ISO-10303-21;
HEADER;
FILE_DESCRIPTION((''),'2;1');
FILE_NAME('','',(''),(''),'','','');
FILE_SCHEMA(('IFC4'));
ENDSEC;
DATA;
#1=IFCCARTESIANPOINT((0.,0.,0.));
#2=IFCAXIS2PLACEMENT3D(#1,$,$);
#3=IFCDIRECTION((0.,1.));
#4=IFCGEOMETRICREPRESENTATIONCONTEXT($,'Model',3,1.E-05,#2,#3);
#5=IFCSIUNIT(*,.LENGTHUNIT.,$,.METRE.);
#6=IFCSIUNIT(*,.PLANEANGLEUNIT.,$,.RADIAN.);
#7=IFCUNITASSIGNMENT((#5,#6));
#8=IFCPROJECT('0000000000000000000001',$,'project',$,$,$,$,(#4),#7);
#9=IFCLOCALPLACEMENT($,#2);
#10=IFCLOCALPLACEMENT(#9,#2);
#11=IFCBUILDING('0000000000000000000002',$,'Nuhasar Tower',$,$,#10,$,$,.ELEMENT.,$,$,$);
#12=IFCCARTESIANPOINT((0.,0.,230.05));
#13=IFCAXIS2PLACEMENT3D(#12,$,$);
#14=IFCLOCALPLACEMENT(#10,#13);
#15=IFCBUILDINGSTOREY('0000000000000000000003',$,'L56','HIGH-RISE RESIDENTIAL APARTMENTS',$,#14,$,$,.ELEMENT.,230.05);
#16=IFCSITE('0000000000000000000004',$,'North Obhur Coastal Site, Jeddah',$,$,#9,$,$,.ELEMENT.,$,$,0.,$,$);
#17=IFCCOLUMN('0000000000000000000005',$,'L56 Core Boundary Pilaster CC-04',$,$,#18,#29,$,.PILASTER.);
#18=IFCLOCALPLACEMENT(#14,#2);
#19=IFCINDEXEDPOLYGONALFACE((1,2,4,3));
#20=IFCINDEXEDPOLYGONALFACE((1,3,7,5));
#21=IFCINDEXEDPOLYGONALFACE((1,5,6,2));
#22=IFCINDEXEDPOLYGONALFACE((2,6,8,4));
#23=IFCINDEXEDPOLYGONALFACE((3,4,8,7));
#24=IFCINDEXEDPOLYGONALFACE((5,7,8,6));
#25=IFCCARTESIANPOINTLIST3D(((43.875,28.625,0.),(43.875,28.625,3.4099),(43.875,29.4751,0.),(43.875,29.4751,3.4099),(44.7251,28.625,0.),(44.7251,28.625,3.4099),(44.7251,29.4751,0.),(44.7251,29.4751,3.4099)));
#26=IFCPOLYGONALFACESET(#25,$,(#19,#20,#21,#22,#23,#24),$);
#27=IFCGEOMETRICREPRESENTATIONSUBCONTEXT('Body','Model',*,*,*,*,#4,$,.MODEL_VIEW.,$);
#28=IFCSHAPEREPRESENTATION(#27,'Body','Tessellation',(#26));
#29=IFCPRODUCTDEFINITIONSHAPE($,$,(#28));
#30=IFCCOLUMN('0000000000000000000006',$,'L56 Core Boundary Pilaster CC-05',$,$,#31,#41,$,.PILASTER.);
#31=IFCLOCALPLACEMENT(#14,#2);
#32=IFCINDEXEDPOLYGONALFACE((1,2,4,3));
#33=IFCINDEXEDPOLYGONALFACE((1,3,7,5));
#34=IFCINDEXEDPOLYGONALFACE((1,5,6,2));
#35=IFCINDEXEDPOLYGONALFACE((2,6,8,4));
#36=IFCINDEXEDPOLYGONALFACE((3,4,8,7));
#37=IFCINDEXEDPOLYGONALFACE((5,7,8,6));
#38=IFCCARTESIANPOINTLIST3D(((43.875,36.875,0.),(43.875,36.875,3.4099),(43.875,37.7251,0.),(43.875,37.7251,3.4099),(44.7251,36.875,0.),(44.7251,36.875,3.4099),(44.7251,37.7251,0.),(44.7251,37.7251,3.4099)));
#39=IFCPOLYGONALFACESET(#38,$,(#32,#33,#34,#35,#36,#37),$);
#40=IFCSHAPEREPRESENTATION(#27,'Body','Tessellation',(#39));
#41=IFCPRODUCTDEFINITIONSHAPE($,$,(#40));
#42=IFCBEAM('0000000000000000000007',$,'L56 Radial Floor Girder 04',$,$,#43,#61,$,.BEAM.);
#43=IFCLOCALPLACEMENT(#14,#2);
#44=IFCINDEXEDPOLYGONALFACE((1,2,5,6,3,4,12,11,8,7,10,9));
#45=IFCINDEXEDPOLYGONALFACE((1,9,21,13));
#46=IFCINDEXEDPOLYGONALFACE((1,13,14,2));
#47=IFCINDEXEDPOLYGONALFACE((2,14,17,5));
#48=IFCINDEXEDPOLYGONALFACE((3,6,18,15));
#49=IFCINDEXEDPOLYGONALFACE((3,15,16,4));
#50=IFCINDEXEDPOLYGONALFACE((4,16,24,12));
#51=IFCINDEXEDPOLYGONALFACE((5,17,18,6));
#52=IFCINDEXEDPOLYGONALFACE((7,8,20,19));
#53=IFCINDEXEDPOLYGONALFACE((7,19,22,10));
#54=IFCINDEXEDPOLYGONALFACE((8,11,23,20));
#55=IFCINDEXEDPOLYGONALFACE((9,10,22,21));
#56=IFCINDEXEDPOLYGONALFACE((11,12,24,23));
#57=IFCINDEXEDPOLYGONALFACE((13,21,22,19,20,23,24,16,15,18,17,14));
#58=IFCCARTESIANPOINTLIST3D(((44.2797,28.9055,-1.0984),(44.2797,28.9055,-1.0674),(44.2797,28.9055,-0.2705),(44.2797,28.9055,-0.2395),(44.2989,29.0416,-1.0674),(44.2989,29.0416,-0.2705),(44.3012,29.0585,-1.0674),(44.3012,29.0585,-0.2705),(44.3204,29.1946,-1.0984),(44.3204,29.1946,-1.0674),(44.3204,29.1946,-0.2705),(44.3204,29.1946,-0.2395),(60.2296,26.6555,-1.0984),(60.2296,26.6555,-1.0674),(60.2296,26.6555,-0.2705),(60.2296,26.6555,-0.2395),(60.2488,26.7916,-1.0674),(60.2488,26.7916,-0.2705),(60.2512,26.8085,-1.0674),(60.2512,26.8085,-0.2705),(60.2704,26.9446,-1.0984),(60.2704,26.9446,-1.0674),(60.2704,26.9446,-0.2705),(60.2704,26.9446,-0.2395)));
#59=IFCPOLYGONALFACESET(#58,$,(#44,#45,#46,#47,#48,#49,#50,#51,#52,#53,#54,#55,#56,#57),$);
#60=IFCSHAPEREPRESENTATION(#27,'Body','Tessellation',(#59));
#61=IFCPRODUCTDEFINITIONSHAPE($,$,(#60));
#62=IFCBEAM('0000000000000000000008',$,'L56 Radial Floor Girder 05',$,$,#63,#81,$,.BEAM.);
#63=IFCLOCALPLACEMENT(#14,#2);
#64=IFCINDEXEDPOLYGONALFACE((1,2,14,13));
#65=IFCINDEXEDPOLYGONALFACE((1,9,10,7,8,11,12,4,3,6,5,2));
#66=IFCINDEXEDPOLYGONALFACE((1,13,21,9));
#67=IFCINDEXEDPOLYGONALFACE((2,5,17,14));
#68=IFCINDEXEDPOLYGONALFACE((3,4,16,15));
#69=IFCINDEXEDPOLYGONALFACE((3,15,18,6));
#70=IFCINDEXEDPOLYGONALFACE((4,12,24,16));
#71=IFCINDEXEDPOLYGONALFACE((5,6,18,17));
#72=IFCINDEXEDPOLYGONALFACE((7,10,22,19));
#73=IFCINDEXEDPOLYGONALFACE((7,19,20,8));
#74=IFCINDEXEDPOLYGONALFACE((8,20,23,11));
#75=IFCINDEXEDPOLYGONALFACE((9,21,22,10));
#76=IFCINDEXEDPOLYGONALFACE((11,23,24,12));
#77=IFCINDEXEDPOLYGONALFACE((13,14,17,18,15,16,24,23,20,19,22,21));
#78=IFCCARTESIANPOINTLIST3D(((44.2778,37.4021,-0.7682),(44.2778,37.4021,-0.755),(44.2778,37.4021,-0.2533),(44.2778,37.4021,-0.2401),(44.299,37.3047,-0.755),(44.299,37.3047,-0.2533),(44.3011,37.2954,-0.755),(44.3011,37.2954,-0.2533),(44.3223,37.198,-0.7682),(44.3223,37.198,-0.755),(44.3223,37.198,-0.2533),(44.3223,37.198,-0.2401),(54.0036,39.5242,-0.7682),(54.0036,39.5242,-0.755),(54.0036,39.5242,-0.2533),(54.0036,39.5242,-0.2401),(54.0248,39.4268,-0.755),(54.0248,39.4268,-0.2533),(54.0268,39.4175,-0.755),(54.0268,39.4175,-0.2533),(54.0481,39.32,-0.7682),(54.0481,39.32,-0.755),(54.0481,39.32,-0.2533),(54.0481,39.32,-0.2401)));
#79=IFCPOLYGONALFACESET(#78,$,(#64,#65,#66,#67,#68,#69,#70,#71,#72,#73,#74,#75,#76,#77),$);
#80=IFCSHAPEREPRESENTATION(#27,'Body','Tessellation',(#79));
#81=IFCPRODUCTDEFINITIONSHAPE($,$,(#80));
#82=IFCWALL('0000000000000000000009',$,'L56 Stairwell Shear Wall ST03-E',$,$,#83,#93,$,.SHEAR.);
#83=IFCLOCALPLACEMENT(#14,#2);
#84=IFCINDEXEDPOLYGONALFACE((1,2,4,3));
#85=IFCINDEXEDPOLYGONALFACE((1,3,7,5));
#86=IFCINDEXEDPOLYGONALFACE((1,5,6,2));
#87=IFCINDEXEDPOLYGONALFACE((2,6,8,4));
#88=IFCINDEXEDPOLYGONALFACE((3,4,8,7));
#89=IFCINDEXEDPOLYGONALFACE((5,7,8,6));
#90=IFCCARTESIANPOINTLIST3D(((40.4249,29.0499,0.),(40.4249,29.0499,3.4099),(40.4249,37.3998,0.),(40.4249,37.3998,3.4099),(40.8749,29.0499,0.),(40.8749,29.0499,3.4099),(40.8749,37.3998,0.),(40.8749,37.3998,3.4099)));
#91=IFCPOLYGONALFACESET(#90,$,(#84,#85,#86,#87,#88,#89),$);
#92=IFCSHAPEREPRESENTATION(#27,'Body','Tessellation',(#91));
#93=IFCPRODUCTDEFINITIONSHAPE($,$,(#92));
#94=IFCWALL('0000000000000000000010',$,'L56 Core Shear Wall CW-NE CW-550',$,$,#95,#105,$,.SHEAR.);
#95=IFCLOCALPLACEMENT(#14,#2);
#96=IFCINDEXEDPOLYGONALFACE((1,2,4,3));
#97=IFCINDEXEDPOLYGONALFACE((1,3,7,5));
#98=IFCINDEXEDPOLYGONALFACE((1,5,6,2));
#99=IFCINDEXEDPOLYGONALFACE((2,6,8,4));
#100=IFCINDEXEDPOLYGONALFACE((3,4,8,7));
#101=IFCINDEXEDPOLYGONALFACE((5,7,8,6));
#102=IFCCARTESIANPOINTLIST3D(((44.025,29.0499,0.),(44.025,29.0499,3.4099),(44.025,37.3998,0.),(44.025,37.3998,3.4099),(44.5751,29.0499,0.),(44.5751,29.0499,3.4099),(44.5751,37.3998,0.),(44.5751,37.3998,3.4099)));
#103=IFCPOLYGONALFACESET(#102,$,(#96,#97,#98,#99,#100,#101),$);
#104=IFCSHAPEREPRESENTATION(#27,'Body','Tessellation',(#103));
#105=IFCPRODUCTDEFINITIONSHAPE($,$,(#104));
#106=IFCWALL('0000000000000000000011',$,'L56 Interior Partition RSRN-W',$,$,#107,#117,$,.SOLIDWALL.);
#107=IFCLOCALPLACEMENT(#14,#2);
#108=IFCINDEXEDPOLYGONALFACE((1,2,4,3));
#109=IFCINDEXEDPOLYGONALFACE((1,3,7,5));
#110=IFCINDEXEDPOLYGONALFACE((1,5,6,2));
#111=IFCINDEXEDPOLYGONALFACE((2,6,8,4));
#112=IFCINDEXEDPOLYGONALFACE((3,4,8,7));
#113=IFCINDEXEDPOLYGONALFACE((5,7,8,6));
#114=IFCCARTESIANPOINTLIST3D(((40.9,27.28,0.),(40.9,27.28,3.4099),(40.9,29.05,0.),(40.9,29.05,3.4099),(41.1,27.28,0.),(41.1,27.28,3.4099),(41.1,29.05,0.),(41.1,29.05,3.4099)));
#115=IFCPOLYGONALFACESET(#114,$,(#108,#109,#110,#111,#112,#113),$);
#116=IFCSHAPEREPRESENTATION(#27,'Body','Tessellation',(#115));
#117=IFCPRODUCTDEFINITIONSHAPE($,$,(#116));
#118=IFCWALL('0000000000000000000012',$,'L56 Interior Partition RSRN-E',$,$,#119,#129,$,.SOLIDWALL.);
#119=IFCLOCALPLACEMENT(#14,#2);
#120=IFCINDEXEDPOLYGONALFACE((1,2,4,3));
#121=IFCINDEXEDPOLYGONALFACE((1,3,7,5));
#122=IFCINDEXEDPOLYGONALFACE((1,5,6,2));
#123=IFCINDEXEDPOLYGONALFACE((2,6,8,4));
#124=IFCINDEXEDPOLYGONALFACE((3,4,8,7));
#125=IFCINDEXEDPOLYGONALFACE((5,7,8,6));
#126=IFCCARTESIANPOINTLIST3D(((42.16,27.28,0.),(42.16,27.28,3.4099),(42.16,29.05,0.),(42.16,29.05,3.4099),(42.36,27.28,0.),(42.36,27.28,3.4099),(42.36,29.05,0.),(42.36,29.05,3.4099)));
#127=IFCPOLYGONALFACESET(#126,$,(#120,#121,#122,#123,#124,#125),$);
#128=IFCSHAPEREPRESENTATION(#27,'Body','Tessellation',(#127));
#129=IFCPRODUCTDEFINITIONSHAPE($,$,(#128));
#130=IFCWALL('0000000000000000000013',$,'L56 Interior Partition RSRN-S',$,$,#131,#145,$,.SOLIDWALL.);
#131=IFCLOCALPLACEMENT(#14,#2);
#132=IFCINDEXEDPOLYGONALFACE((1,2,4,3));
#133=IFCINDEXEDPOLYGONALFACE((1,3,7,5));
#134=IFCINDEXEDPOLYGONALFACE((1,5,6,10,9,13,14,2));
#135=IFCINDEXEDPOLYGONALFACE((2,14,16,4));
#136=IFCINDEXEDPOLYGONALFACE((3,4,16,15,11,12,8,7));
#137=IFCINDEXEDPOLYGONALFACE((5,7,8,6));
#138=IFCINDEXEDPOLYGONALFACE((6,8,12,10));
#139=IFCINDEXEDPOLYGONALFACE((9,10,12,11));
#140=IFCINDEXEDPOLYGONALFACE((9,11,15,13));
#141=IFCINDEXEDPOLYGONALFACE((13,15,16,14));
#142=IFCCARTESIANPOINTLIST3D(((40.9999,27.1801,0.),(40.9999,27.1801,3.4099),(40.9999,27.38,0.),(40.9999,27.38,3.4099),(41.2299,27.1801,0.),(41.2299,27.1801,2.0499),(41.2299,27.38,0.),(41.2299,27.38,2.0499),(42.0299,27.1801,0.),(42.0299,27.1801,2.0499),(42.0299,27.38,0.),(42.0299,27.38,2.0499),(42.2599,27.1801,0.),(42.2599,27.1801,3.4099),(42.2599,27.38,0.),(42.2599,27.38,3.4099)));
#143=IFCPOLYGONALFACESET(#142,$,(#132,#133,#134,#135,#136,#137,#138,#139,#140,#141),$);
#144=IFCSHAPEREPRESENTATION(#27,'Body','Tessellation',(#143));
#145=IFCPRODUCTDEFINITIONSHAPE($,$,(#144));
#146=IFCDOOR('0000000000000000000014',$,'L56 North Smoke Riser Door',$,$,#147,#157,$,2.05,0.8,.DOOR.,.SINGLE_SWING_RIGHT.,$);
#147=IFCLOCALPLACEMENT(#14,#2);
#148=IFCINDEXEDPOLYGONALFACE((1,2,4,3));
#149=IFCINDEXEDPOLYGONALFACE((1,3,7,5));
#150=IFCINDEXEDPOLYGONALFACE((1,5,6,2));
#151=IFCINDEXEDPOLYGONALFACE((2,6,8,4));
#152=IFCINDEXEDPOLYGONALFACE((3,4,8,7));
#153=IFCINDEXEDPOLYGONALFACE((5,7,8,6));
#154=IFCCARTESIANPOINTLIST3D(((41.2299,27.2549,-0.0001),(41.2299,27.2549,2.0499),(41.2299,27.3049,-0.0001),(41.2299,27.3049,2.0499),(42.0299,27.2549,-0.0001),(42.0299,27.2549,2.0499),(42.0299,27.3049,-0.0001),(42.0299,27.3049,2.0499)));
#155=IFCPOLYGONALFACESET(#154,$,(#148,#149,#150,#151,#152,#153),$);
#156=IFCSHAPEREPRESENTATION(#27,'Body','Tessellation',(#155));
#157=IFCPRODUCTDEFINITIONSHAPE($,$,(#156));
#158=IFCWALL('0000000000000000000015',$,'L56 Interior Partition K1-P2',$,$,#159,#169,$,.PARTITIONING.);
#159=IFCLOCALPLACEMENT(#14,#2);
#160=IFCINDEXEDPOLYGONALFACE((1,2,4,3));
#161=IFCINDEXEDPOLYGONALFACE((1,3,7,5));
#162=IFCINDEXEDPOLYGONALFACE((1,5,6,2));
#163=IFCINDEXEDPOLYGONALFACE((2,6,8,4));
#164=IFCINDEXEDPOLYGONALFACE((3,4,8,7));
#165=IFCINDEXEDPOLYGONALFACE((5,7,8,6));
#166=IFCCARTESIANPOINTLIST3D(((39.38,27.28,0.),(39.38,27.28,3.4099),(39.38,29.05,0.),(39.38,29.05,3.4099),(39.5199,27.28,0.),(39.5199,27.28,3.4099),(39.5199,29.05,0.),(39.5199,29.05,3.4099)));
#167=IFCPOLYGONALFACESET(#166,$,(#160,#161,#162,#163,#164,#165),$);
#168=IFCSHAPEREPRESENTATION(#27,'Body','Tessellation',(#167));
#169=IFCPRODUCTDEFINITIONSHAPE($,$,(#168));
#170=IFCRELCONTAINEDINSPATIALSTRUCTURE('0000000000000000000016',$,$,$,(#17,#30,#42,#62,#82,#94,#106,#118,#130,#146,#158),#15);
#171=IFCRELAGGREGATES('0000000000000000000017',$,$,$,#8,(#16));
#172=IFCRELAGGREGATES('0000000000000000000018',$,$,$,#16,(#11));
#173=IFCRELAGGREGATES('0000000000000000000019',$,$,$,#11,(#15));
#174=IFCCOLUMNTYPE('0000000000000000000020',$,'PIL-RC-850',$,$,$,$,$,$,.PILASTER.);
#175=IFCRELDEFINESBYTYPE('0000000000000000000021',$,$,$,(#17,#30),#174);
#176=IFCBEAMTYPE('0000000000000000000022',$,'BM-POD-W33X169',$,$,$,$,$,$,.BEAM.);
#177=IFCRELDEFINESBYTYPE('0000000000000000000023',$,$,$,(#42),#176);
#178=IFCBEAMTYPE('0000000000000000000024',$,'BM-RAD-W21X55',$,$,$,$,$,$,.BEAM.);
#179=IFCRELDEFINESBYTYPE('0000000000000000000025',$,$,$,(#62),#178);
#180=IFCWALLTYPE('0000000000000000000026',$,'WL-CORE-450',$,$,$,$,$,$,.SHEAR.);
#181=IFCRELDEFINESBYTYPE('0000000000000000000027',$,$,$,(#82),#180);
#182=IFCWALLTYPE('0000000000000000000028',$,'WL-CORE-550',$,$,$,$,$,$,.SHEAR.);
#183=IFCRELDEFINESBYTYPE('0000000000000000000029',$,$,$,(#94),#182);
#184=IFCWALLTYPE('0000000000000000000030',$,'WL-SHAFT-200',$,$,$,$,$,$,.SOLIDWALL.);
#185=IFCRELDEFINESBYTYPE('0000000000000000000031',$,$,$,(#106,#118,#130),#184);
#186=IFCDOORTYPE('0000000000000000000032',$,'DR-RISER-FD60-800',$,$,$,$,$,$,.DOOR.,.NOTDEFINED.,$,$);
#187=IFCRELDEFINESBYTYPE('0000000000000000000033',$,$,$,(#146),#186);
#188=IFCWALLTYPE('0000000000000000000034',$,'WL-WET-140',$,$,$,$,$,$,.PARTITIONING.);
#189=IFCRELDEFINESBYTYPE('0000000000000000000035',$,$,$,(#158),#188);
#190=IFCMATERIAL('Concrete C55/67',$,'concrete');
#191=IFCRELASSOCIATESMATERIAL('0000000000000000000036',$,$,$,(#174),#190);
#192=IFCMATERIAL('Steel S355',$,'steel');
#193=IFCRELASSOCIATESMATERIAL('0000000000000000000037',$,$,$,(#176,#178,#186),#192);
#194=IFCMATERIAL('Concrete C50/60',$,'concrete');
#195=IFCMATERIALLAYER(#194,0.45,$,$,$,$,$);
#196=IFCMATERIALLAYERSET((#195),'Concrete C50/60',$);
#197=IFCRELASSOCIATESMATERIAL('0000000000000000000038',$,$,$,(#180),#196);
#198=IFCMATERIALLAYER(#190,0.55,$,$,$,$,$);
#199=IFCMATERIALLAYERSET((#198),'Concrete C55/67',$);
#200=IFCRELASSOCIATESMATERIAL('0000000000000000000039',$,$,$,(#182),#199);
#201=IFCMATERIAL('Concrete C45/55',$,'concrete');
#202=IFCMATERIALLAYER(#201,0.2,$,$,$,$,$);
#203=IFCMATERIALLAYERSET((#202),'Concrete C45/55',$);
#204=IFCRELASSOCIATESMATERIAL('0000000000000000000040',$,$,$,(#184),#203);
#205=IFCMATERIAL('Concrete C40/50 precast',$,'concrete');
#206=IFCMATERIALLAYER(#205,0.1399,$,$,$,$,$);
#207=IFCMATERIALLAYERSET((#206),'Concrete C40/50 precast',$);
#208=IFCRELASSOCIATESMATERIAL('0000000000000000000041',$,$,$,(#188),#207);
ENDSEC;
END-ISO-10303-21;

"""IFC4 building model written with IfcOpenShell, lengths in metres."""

from ifc_helpers import new_model, si_unit, direction, frame, frame_2d, origin, origin_2d, place, context, subcontext, project, spatial, rectangle, i_section, extrude, material, layer, layer_set, material_profile, profile_set, type_object, element, fill, save


model = new_model("IFC4")

# Units and contexts
model_context = context("Model", 3, precision=1e-05, world=origin(), true_north=direction((0.0, 1.0)))
body_context = subcontext(model_context, "Body", "Model", "MODEL_VIEW")
ifc_project = project(units=[si_unit("LENGTHUNIT", "METRE"), si_unit("PLANEANGLEUNIT", "RADIAN")], contexts=[model_context])

# Site, building, storey
site_placement = place(None, origin())
site = spatial("IfcSite", under=ifc_project, at=site_placement, Name="North Obhur Coastal Site, Jeddah", CompositionType="ELEMENT", RefElevation=0.0)
building_placement = place(site_placement, origin())
building = spatial("IfcBuilding", under=site, at=building_placement, Name="Nuhasar Tower", CompositionType="ELEMENT")
storey_placement = place(building_placement, frame((0.0, 0.0, 230.05)))
storey = spatial("IfcBuildingStorey", under=building, at=storey_placement, Name="L56", Description="HIGH-RISE RESIDENTIAL APARTMENTS", CompositionType="ELEMENT", Elevation=230.05)

# Columns
ifc_material_1 = material(Name="Concrete C55/67", Category="concrete")
ifc_material_profile_1 = material_profile(ifc_material_1, rectangle(XDim=0.8501, YDim=0.8501, at=origin_2d()), Name="RC850X850")
ifc_profile_set_1 = profile_set([ifc_material_profile_1], Name="Concrete C55/67")
column_type = type_object("IfcColumnType", Name="PIL-RC-850", PredefinedType="PILASTER", material=ifc_profile_set_1)
for number, where, z_axis, x_axis, name in (
    (1, (44.3, 29.05, 0.0), (0.0, 0.0, 1.0), (1.0, 0.0, 0.0), "L56 Core Boundary Pilaster CC-04"),
    (2, (44.3, 37.3, 0.0), (0.0, 0.0, 1.0), (1.0, 0.0, 0.0), "L56 Core Boundary Pilaster CC-05"),
):
    element("IfcColumn", number, at=place(storey_placement, frame(where, z_axis=z_axis, x_axis=x_axis)), inside=storey, type_object=column_type, Name=name, PredefinedType="PILASTER", context=body_context, shape_type="SweptSolid", body=[
        extrude(rectangle(XDim=0.8501, YDim=0.8501, at=origin_2d()), origin(), (0.0, 0.0, 1.0), 3.4099),
    ])

# Beams
ifc_material_2 = material(Name="Steel S355", Category="steel")
ifc_material_profile_2 = material_profile(ifc_material_2, i_section(OverallWidth=0.292, OverallDepth=0.8589, WebThickness=0.0171, FlangeThickness=0.031, at=origin_2d()), Name="W33X169")
ifc_profile_set_2 = profile_set([ifc_material_profile_2], Name="Steel S355")
beam_type_1 = type_object("IfcBeamType", Name="BM-POD-W33X169", PredefinedType="BEAM", material=ifc_profile_set_2)
beam_1_placement = place(storey_placement, frame((44.3, 29.05, -0.6689), z_axis=(0.990196, -0.139683, 0.0), x_axis=(0.139683, 0.990196, 0.0)))
element("IfcBeam", 3, at=beam_1_placement, inside=storey, type_object=beam_type_1, Name="L56 Radial Floor Girder 04", PredefinedType="BEAM", context=body_context, shape_type="SweptSolid", body=[
    extrude(i_section(OverallWidth=0.292, OverallDepth=0.8589, WebThickness=0.0171, FlangeThickness=0.031, at=origin_2d()), origin(), (0.0, 0.0, 1.0), 16.1079),
])
ifc_material_profile_3 = material_profile(ifc_material_2, i_section(OverallWidth=0.209, OverallDepth=0.5281, WebThickness=0.0095, FlangeThickness=0.0132, at=origin_2d()), Name="W21X55")
ifc_profile_set_3 = profile_set([ifc_material_profile_3], Name="Steel S355")
beam_type_2 = type_object("IfcBeamType", Name="BM-RAD-W21X55", PredefinedType="BEAM", material=ifc_profile_set_3)
beam_2_placement = place(storey_placement, frame((44.3, 37.3, -0.5042), z_axis=(0.977014, 0.213174, 0.0), x_axis=(-0.213174, 0.977014, 0.0)))
element("IfcBeam", 4, at=beam_2_placement, inside=storey, type_object=beam_type_2, Name="L56 Radial Floor Girder 05", PredefinedType="BEAM", context=body_context, shape_type="SweptSolid", body=[
    extrude(i_section(OverallWidth=0.209, OverallDepth=0.5281, WebThickness=0.0095, FlangeThickness=0.0132, at=origin_2d()), origin(), (0.0, 0.0, 1.0), 9.9546),
])

# Shared definitions
ifc_material_3 = material(Name="Concrete C50/60", Category="concrete")
ifc_layer_1 = layer(ifc_material_3, 0.45)
ifc_layer_set_1 = layer_set([ifc_layer_1], Name="Concrete C50/60")
wall_type_1 = type_object("IfcWallType", Name="WL-CORE-450", PredefinedType="SHEAR", material=ifc_layer_set_1)

# Walls
wall_1_placement = place(storey_placement, frame((40.6499, 29.05, 0.0), z_axis=(0.0, 0.0, 1.0), x_axis=(0.0, 1.0, 0.0)))
element("IfcWall", 5, at=wall_1_placement, inside=storey, type_object=wall_type_1, Name="L56 Stairwell Shear Wall ST03-E", PredefinedType="SHEAR", context=body_context, shape_type="SweptSolid", body=[
    extrude(rectangle(XDim=8.3499, YDim=0.45, at=frame_2d((4.1748, 0.0))), origin(), (0.0, 0.0, 1.0), 3.4099),
])
ifc_layer_2 = layer(ifc_material_1, 0.55)
ifc_layer_set_2 = layer_set([ifc_layer_2], Name="Concrete C55/67")
wall_type_2 = type_object("IfcWallType", Name="WL-CORE-550", PredefinedType="SHEAR", material=ifc_layer_set_2)
wall_2_placement = place(storey_placement, frame((44.3, 29.05, 0.0), z_axis=(0.0, 0.0, 1.0), x_axis=(0.0, 1.0, 0.0)))
element("IfcWall", 6, at=wall_2_placement, inside=storey, type_object=wall_type_2, Name="L56 Core Shear Wall CW-NE CW-550", PredefinedType="SHEAR", context=body_context, shape_type="SweptSolid", body=[
    extrude(rectangle(XDim=8.3499, YDim=0.55, at=frame_2d((4.1748, 0.0))), origin(), (0.0, 0.0, 1.0), 3.4099),
])
ifc_material_4 = material(Name="Concrete C45/55", Category="concrete")
ifc_layer_3 = layer(ifc_material_4, 0.2)
ifc_layer_set_3 = layer_set([ifc_layer_3], Name="Concrete C45/55")
wall_type_3 = type_object("IfcWallType", Name="WL-SHAFT-200", PredefinedType="SOLIDWALL", material=ifc_layer_set_3)
for number, where, z_axis, x_axis, name in (
    (7, (41.0, 27.28, 0.0), (0.0, 0.0, 1.0), (0.0, 1.0, 0.0), "L56 Interior Partition RSRN-W"),
    (8, (42.26, 27.28, 0.0), (0.0, 0.0, 1.0), (0.0, 1.0, 0.0), "L56 Interior Partition RSRN-E"),
):
    element("IfcWall", number, at=place(storey_placement, frame(where, z_axis=z_axis, x_axis=x_axis)), inside=storey, type_object=wall_type_3, Name=name, PredefinedType="SOLIDWALL", context=body_context, shape_type="SweptSolid", body=[
        extrude(rectangle(XDim=1.77, YDim=0.2, at=frame_2d((0.885, 0.0))), origin(), (0.0, 0.0, 1.0), 3.4099),
    ])

# Wall, opening, door
wall_3_placement = place(storey_placement, frame((41.0, 27.28, 0.0), z_axis=(0.0, 0.0, 1.0), x_axis=(1.0, 0.0, 0.0)))
wall_3 = element("IfcWall", 9, at=wall_3_placement, inside=storey, type_object=wall_type_3, Name="L56 Interior Partition RSRN-S", PredefinedType="SOLIDWALL", context=body_context, shape_type="SweptSolid", body=[
    extrude(rectangle(XDim=1.26, YDim=0.2, at=frame_2d((0.6299, 0.0))), origin(), (0.0, 0.0, 1.0), 3.4099),
])
opening_1_placement = place(wall_3_placement, frame((0.23, 0.0, 0.0)))
opening_1 = element("IfcOpeningElement", 10, at=opening_1_placement, cuts=wall_3, PredefinedType="OPENING", context=body_context, shape_type="SweptSolid", body=[
    extrude(rectangle(XDim=0.8, YDim=2.05, at=frame_2d((0.3999, 1.0249))), frame((0.0, 0.1099, 0.0), z_axis=(0.0, -1.0, 0.0), x_axis=(1.0, 0.0, 0.0)), (0.0, 0.0, 1.0), 0.22),
])
door_type_1 = type_object("IfcDoorType", Name="DR-RISER-FD60-800", OperationType="NOTDEFINED", PredefinedType="DOOR", material=ifc_material_2)
door_1_placement = place(opening_1_placement, origin())
door_1 = element("IfcDoor", 11, at=door_1_placement, inside=storey, type_object=door_type_1, Name="L56 North Smoke Riser Door", OperationType="SINGLE_SWING_RIGHT", OverallHeight=2.05, OverallWidth=0.8, PredefinedType="DOOR", context=body_context, shape_type="SweptSolid", body=[
    extrude(rectangle(XDim=0.8, YDim=2.05, at=frame_2d((0.3999, 1.0249))), frame((0.0, 0.0249, 0.0), z_axis=(0.0, -1.0, 0.0), x_axis=(1.0, 0.0, 0.0)), (0.0, 0.0, 1.0), 0.05),
])
fill(opening_1, door_1)

# Wall
ifc_material_5 = material(Name="Concrete C40/50 precast", Category="concrete")
ifc_layer_4 = layer(ifc_material_5, 0.1399)
ifc_layer_set_4 = layer_set([ifc_layer_4], Name="Concrete C40/50 precast")
wall_type_4 = type_object("IfcWallType", Name="WL-WET-140", PredefinedType="PARTITIONING", material=ifc_layer_set_4)
wall_4_placement = place(storey_placement, frame((39.45, 27.28, 0.0), z_axis=(0.0, 0.0, 1.0), x_axis=(0.0, 1.0, 0.0)))
element("IfcWall", 12, at=wall_4_placement, inside=storey, type_object=wall_type_4, Name="L56 Interior Partition K1-P2", PredefinedType="PARTITIONING", context=body_context, shape_type="SweptSolid", body=[
    extrude(rectangle(XDim=1.77, YDim=0.1399, at=frame_2d((0.885, 0.0))), origin(), (0.0, 0.0, 1.0), 3.4099),
])

save(model, "model.ifc")
